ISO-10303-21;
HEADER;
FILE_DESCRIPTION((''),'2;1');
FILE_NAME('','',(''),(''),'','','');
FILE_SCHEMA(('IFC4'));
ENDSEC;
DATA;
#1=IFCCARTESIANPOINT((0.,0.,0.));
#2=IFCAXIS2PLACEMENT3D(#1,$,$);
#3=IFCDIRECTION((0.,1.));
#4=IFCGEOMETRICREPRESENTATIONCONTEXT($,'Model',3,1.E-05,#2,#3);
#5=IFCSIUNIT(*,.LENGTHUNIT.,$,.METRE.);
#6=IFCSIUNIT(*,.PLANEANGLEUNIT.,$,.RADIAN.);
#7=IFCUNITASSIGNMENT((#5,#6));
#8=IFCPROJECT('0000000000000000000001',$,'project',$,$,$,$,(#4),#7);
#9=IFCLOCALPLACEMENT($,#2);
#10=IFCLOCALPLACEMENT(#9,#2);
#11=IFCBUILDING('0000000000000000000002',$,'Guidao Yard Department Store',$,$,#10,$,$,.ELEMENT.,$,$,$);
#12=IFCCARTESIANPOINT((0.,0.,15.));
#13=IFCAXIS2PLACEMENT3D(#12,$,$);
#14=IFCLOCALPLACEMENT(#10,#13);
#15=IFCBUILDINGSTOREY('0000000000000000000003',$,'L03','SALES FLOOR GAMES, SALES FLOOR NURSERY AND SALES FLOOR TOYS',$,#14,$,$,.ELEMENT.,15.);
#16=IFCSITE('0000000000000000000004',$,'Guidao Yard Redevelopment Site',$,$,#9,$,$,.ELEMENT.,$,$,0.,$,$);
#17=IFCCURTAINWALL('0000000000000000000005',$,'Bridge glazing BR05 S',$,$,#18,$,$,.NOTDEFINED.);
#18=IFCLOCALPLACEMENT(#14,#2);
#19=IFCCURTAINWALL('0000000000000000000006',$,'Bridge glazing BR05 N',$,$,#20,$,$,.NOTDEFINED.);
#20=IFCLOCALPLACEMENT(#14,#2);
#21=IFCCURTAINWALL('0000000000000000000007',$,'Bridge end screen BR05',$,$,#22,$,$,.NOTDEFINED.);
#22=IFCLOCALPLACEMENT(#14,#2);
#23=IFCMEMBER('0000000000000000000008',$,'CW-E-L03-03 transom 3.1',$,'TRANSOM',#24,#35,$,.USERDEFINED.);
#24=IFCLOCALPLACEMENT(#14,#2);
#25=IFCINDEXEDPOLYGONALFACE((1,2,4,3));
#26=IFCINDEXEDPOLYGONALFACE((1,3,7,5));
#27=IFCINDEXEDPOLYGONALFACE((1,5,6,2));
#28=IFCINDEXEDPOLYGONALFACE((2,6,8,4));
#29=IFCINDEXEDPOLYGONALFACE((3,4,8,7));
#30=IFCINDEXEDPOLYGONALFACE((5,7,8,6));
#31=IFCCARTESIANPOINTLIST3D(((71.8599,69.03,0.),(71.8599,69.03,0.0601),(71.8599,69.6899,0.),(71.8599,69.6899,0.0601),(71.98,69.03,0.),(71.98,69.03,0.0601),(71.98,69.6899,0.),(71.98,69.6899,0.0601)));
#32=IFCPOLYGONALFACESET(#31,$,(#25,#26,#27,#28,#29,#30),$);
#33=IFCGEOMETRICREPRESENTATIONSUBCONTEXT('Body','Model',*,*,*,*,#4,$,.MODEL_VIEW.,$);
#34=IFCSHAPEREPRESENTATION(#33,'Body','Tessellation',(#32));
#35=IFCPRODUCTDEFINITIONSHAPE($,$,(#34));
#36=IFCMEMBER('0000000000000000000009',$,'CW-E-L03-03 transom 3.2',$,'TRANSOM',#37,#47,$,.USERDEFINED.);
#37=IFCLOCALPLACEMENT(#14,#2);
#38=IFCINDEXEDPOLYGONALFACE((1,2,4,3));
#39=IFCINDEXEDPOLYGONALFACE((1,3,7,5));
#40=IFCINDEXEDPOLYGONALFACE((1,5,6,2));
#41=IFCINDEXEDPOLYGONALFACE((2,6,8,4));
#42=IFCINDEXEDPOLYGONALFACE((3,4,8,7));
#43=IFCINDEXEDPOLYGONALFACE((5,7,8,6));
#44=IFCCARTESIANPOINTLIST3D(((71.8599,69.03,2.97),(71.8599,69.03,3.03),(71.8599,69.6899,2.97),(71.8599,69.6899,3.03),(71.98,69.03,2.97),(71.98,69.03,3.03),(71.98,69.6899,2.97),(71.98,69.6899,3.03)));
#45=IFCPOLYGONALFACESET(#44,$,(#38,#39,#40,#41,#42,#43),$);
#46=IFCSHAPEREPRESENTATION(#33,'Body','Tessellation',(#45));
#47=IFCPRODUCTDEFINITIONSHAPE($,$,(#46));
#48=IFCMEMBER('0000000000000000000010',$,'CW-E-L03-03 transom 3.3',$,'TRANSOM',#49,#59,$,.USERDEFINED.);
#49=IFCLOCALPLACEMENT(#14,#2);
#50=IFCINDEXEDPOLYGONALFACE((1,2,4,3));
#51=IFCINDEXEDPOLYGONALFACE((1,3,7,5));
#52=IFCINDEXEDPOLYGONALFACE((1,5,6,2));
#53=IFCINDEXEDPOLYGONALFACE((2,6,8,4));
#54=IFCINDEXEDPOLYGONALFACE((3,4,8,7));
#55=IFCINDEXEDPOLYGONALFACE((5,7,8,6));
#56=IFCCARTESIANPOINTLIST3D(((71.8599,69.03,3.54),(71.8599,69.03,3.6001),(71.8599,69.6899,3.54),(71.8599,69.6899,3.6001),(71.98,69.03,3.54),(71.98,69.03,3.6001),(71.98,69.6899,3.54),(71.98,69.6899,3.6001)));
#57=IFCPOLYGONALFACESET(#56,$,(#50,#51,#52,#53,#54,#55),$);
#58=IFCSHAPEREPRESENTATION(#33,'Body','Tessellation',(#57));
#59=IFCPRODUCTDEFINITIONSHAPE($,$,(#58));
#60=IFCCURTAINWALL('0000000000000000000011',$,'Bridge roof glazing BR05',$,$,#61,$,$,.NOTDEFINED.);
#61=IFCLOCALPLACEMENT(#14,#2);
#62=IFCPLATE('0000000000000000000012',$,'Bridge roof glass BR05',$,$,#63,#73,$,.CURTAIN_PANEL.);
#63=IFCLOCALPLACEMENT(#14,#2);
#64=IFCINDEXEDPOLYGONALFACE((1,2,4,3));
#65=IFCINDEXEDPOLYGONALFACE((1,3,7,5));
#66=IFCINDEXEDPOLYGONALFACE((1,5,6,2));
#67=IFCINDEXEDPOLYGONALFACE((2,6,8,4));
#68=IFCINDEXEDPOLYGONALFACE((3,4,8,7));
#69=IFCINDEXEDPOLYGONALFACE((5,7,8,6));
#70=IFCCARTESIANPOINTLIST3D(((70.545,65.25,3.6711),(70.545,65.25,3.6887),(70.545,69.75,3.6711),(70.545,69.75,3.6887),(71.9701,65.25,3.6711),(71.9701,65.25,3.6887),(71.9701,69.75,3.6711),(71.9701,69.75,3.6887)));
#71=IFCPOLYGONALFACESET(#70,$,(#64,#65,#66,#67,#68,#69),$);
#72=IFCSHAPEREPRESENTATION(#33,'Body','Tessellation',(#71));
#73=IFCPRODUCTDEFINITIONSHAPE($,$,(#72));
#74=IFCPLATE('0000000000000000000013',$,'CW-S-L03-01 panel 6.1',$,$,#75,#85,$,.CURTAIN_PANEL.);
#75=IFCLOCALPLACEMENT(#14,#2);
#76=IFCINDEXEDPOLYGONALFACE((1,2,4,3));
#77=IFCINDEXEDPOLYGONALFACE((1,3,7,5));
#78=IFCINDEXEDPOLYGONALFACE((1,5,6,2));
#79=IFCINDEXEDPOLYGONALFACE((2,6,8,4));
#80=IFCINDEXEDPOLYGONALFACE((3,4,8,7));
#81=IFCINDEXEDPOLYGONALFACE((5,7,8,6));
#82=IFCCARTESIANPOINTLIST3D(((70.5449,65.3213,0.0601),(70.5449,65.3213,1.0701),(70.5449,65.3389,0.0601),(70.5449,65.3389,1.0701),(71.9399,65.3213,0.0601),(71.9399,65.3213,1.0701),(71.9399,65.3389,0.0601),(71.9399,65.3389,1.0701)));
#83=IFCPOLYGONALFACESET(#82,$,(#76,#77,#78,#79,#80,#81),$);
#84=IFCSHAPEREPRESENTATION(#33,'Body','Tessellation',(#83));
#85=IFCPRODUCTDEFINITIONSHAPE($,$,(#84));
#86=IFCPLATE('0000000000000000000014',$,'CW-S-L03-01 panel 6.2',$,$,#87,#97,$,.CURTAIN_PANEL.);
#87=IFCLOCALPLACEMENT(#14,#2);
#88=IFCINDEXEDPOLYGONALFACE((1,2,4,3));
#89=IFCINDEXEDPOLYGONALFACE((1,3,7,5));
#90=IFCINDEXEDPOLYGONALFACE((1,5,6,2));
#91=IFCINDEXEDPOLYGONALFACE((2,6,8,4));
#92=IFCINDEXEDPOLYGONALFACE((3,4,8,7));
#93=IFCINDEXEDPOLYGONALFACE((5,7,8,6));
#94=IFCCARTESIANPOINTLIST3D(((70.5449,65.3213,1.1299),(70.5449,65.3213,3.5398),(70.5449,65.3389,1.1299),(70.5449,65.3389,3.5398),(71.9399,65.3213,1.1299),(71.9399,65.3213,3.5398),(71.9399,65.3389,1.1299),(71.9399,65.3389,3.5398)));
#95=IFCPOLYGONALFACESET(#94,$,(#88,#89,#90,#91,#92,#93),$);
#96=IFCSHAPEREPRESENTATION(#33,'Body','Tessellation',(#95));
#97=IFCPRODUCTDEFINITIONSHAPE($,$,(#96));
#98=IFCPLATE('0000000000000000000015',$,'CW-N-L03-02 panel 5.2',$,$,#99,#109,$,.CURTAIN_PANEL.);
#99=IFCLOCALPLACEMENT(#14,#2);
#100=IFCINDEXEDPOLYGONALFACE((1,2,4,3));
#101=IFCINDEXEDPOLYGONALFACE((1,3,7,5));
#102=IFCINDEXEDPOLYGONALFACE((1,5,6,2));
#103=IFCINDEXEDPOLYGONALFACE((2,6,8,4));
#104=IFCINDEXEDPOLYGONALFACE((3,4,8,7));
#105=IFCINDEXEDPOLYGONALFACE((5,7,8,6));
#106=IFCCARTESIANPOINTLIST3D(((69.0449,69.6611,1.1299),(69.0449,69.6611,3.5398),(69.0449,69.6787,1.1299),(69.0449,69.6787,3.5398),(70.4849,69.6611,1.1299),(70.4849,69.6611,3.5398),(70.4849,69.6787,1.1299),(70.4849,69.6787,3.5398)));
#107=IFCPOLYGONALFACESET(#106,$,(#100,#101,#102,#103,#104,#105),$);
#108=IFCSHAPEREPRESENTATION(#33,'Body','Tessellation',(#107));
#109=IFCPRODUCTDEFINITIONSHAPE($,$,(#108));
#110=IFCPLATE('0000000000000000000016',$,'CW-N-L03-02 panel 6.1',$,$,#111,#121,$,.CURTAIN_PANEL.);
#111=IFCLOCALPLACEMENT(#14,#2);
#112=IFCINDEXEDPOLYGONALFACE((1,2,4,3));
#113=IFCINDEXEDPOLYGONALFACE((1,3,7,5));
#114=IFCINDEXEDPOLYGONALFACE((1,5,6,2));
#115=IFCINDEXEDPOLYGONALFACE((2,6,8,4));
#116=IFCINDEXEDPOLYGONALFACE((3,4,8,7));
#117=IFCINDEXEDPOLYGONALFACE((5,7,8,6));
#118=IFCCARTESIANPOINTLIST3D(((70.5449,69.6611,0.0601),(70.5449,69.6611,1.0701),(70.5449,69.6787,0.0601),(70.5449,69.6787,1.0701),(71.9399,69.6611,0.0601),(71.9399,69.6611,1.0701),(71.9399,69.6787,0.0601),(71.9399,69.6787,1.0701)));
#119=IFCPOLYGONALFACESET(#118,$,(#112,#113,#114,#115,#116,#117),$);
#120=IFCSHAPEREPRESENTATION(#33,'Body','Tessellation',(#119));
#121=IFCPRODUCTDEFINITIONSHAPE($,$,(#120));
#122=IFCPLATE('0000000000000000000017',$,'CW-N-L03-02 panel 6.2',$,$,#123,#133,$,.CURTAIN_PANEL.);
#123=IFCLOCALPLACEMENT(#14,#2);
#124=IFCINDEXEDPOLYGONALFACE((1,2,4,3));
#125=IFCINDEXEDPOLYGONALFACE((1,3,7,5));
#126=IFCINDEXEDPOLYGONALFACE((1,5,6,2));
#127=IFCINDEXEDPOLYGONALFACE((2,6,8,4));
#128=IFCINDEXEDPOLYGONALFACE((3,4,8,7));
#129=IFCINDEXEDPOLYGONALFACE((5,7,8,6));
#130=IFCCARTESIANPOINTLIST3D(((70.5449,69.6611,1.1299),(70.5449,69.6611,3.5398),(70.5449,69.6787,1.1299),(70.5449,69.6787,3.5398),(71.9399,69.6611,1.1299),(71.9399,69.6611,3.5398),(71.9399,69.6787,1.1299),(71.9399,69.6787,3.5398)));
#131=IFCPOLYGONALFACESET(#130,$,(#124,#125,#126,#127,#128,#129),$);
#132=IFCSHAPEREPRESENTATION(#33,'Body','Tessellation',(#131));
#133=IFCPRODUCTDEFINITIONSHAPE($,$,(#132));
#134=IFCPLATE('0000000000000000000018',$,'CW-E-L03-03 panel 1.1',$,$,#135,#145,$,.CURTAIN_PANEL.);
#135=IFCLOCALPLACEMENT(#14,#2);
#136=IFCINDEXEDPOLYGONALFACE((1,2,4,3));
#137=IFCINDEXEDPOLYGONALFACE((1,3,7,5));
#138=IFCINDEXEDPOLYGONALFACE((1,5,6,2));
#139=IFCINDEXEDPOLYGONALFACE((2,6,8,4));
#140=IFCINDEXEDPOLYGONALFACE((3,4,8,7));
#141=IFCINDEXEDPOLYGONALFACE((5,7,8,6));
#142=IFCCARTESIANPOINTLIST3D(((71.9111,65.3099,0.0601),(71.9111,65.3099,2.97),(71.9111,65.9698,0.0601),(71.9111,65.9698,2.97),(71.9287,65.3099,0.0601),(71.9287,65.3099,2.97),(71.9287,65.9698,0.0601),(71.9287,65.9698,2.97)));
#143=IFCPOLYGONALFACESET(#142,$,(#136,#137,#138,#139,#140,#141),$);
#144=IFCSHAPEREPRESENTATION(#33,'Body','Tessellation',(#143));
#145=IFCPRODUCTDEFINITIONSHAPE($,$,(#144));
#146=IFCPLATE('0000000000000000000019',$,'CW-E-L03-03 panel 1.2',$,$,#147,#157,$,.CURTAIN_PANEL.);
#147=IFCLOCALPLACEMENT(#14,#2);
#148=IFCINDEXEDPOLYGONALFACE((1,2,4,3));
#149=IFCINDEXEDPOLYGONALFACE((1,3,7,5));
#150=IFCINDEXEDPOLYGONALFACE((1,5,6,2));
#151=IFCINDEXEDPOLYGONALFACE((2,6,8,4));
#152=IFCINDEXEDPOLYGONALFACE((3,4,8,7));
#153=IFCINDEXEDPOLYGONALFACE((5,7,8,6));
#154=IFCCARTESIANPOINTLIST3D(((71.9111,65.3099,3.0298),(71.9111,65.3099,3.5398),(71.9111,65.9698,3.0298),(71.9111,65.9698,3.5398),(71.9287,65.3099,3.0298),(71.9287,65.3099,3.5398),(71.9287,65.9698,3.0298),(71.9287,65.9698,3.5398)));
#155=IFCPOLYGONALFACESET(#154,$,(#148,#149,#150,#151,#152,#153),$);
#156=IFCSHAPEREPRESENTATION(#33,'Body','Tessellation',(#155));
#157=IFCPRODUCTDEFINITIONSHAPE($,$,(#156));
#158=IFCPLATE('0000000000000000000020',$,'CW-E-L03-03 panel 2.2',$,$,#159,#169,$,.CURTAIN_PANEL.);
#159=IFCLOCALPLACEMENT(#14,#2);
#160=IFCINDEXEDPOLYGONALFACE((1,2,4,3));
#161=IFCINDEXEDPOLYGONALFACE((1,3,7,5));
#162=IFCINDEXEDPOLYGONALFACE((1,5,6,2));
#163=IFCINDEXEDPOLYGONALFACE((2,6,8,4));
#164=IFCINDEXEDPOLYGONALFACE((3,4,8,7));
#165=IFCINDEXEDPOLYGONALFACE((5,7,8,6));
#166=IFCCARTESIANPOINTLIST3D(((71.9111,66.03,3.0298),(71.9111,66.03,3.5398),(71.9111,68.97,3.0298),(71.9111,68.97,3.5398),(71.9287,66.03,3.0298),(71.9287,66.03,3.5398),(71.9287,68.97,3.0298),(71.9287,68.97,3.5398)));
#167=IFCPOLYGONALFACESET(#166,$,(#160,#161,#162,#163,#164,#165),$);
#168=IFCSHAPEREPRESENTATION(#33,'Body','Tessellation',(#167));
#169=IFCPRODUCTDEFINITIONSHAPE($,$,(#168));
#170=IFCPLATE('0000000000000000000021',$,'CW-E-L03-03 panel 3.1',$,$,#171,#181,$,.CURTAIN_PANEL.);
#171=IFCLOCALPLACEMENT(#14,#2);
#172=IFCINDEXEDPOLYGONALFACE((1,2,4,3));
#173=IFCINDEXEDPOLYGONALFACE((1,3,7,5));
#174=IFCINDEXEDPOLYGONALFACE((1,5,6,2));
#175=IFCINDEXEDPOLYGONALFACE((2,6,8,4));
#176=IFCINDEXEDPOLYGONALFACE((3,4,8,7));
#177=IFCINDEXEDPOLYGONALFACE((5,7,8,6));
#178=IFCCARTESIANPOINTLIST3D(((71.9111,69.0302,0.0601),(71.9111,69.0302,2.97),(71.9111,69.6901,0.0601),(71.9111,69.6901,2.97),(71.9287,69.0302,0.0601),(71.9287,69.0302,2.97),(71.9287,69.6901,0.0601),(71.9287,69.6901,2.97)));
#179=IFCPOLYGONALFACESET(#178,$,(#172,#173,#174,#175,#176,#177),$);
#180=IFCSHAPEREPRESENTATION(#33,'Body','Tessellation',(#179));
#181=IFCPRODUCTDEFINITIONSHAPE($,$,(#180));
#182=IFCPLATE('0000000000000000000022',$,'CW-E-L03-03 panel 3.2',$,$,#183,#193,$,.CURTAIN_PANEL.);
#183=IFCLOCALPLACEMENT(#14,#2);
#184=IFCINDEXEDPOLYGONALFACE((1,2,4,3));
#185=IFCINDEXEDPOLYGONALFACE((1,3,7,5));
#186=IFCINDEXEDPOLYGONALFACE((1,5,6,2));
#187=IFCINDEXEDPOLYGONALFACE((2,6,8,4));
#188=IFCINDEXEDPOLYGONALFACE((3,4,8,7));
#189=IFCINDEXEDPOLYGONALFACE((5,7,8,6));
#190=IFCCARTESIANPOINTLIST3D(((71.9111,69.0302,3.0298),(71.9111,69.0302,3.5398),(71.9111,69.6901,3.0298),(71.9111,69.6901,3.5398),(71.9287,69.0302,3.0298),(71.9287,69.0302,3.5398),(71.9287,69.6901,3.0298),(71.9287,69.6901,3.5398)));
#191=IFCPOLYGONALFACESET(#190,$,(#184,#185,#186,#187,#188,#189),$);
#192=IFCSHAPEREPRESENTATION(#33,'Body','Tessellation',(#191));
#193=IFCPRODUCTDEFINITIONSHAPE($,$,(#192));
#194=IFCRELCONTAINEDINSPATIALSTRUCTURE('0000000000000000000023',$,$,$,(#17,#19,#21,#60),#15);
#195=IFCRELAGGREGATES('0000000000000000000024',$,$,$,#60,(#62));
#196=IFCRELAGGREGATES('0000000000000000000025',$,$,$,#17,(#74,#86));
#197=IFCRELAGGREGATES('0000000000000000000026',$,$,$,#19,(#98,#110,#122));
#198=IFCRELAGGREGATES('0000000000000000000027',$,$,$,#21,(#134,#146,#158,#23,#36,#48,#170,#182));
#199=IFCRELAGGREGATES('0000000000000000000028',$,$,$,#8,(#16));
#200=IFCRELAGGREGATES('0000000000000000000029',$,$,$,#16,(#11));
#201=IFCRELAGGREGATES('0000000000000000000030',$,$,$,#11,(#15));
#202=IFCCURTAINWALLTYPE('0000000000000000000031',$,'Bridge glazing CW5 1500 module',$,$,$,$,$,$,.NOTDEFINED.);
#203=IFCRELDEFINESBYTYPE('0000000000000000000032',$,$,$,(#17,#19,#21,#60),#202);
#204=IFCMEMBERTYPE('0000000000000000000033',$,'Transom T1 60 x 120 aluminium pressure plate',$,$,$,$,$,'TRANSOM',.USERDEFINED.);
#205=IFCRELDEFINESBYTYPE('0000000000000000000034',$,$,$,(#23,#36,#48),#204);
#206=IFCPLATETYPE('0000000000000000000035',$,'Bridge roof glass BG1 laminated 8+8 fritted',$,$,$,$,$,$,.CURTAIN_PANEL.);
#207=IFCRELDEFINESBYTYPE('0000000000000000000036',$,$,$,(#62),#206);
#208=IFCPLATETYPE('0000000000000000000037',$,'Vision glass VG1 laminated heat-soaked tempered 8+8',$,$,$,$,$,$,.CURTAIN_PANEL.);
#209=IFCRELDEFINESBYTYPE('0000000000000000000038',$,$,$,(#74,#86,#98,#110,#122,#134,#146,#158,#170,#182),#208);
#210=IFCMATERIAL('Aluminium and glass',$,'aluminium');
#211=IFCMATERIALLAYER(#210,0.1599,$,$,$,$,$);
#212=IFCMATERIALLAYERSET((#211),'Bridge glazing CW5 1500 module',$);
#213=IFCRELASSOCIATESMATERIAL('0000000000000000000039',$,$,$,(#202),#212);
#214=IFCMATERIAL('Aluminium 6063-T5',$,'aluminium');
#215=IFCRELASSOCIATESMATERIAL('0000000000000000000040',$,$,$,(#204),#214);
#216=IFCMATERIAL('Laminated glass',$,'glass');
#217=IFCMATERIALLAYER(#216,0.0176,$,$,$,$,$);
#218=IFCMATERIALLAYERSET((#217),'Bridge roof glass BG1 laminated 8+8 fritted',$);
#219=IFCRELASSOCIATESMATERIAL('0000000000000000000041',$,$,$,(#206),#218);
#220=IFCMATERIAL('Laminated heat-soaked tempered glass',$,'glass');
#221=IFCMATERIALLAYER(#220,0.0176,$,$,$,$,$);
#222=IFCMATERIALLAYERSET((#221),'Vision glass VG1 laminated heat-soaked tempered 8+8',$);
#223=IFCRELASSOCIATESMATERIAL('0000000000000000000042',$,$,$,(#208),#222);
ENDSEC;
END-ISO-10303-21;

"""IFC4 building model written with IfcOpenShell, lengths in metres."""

from ifc_helpers import new_model, si_unit, direction, frame, origin, origin_2d, place, context, subcontext, project, spatial, rectangle, extrude, material, layer, layer_set, material_profile, profile_set, type_object, element, aggregate, save


model = new_model("IFC4")

# Units and contexts
model_context = context("Model", 3, precision=1e-05, world=origin(), true_north=direction((0.0, 1.0)))
body_context = subcontext(model_context, "Body", "Model", "MODEL_VIEW")
ifc_project = project(units=[si_unit("LENGTHUNIT", "METRE"), si_unit("PLANEANGLEUNIT", "RADIAN")], contexts=[model_context])

# Site, building, storey
site_placement = place(None, origin())
site = spatial("IfcSite", under=ifc_project, at=site_placement, Name="Guidao Yard Redevelopment Site", CompositionType="ELEMENT", RefElevation=0.0)
building_placement = place(site_placement, origin())
building = spatial("IfcBuilding", under=site, at=building_placement, Name="Guidao Yard Department Store", CompositionType="ELEMENT")
storey_placement = place(building_placement, frame((0.0, 0.0, 15.0)))
storey = spatial("IfcBuildingStorey", under=building, at=storey_placement, Name="L03", Description="SALES FLOOR GAMES, SALES FLOOR NURSERY AND SALES FLOOR TOYS", CompositionType="ELEMENT", Elevation=15.0)

# Curtain walls
ifc_material_1 = material(Name="Aluminium and glass", Category="aluminium")
ifc_layer_1 = layer(ifc_material_1, 0.1599)
ifc_layer_set_1 = layer_set([ifc_layer_1], Name="Bridge glazing CW5 1500 module")
curtain_wall_type = type_object("IfcCurtainWallType", Name="Bridge glazing CW5 1500 module", PredefinedType="NOTDEFINED", material=ifc_layer_set_1)
curtain_wall_1_placement = place(storey_placement, origin())
curtain_wall_1 = element("IfcCurtainWall", 1, at=curtain_wall_1_placement, inside=storey, type_object=curtain_wall_type, Name="Bridge glazing BR05 S", PredefinedType="NOTDEFINED")
curtain_wall_2_placement = place(storey_placement, origin())
curtain_wall_2 = element("IfcCurtainWall", 2, at=curtain_wall_2_placement, inside=storey, type_object=curtain_wall_type, Name="Bridge glazing BR05 N", PredefinedType="NOTDEFINED")

# Curtain wall
curtain_wall_3_placement = place(storey_placement, origin())
curtain_wall_3 = element("IfcCurtainWall", 3, at=curtain_wall_3_placement, inside=storey, type_object=curtain_wall_type, Name="Bridge end screen BR05", PredefinedType="NOTDEFINED")

# Members
ifc_material_2 = material(Name="Aluminium 6063-T5", Category="aluminium")
ifc_material_profile_1 = material_profile(ifc_material_2, rectangle(XDim=0.1201, YDim=0.0601, at=origin_2d()), Name="Transom T1 60 x 120 aluminium pressure plate")
ifc_profile_set_1 = profile_set([ifc_material_profile_1], Name="Aluminium 6063-T5")
member_type_1 = type_object("IfcMemberType", Name="Transom T1 60 x 120 aluminium pressure plate", ElementType="TRANSOM", PredefinedType="USERDEFINED", material=ifc_profile_set_1)
member_1_placement = place(storey_placement, frame((71.9199, 69.6899, 0.03), z_axis=(0.0, -1.0, 0.0), x_axis=(1.0, 0.0, 0.0)))
member_1 = element("IfcMember", 4, at=member_1_placement, type_object=member_type_1, Name="CW-E-L03-03 transom 3.1", ObjectType="TRANSOM", PredefinedType="USERDEFINED", context=body_context, shape_type="SweptSolid", body=[
    extrude(rectangle(XDim=0.1201, YDim=0.0601, at=origin_2d()), origin(), (0.0, 0.0, 1.0), 0.6599),
])
member_2_placement = place(storey_placement, frame((71.9199, 69.6899, 3.0), z_axis=(0.0, -1.0, 0.0), x_axis=(1.0, 0.0, 0.0)))
member_2 = element("IfcMember", 5, at=member_2_placement, type_object=member_type_1, Name="CW-E-L03-03 transom 3.2", ObjectType="TRANSOM", PredefinedType="USERDEFINED", context=body_context, shape_type="SweptSolid", body=[
    extrude(rectangle(XDim=0.1201, YDim=0.0601, at=origin_2d()), origin(), (0.0, 0.0, 1.0), 0.6599),
])
member_3_placement = place(storey_placement, frame((71.9199, 69.6899, 3.5701), z_axis=(0.0, -1.0, 0.0), x_axis=(1.0, 0.0, 0.0)))
member_3 = element("IfcMember", 6, at=member_3_placement, type_object=member_type_1, Name="CW-E-L03-03 transom 3.3", ObjectType="TRANSOM", PredefinedType="USERDEFINED", context=body_context, shape_type="SweptSolid", body=[
    extrude(rectangle(XDim=0.1201, YDim=0.0601, at=origin_2d()), origin(), (0.0, 0.0, 1.0), 0.6599),
])

# Curtain wall, plate
curtain_wall_4_placement = place(storey_placement, origin())
curtain_wall_4 = element("IfcCurtainWall", 7, at=curtain_wall_4_placement, inside=storey, type_object=curtain_wall_type, Name="Bridge roof glazing BR05", PredefinedType="NOTDEFINED")
ifc_material_3 = material(Name="Laminated glass", Category="glass")
ifc_layer_2 = layer(ifc_material_3, 0.0176)
ifc_layer_set_2 = layer_set([ifc_layer_2], Name="Bridge roof glass BG1 laminated 8+8 fritted")
plate_type_1 = type_object("IfcPlateType", Name="Bridge roof glass BG1 laminated 8+8 fritted", PredefinedType="CURTAIN_PANEL", material=ifc_layer_set_2)
plate_1_placement = place(storey_placement, frame((71.2576, 67.5, 3.6711), z_axis=(0.0, 0.0, 1.0), x_axis=(1.0, 0.0, 0.0)))
plate_1 = element("IfcPlate", 8, at=plate_1_placement, type_object=plate_type_1, Name="Bridge roof glass BR05", PredefinedType="CURTAIN_PANEL", context=body_context, shape_type="SweptSolid", body=[
    extrude(rectangle(XDim=1.425, YDim=4.5, at=origin_2d()), origin(), (0.0, 0.0, 1.0), 0.0176),
])
aggregate(curtain_wall_4, [plate_1])

# Plates
ifc_material_4 = material(Name="Laminated heat-soaked tempered glass", Category="glass")
ifc_layer_3 = layer(ifc_material_4, 0.0176)
ifc_layer_set_3 = layer_set([ifc_layer_3], Name="Vision glass VG1 laminated heat-soaked tempered 8+8")
plate_type_2 = type_object("IfcPlateType", Name="Vision glass VG1 laminated heat-soaked tempered 8+8", PredefinedType="CURTAIN_PANEL", material=ifc_layer_set_3)
plate_2_placement = place(storey_placement, frame((71.2424, 65.3301, 0.0601), z_axis=(0.0, 0.0, 1.0), x_axis=(-1.0, 0.0, 0.0)))
plate_2 = element("IfcPlate", 9, at=plate_2_placement, type_object=plate_type_2, Name="CW-S-L03-01 panel 6.1", PredefinedType="CURTAIN_PANEL", context=body_context, shape_type="SweptSolid", body=[
    extrude(rectangle(XDim=1.395, YDim=0.0176, at=origin_2d()), origin(), (0.0, 0.0, 1.0), 1.01),
])
plate_3_placement = place(storey_placement, frame((71.2424, 65.3301, 1.1299), z_axis=(0.0, 0.0, 1.0), x_axis=(-1.0, 0.0, 0.0)))
plate_3 = element("IfcPlate", 10, at=plate_3_placement, type_object=plate_type_2, Name="CW-S-L03-01 panel 6.2", PredefinedType="CURTAIN_PANEL", context=body_context, shape_type="SweptSolid", body=[
    extrude(rectangle(XDim=1.395, YDim=0.0176, at=origin_2d()), origin(), (0.0, 0.0, 1.0), 2.4099),
])
aggregate(curtain_wall_1, [plate_2, plate_3])
plate_4_placement = place(storey_placement, frame((69.7649, 69.6699, 1.1299), z_axis=(0.0, 0.0, 1.0), x_axis=(1.0, 0.0, 0.0)))
plate_4 = element("IfcPlate", 11, at=plate_4_placement, type_object=plate_type_2, Name="CW-N-L03-02 panel 5.2", PredefinedType="CURTAIN_PANEL", context=body_context, shape_type="SweptSolid", body=[
    extrude(rectangle(XDim=1.4399, YDim=0.0176, at=origin_2d()), origin(), (0.0, 0.0, 1.0), 2.4099),
])
plate_5_placement = place(storey_placement, frame((71.2424, 69.6699, 0.0601), z_axis=(0.0, 0.0, 1.0), x_axis=(1.0, 0.0, 0.0)))
plate_5 = element("IfcPlate", 12, at=plate_5_placement, type_object=plate_type_2, Name="CW-N-L03-02 panel 6.1", PredefinedType="CURTAIN_PANEL", context=body_context, shape_type="SweptSolid", body=[
    extrude(rectangle(XDim=1.395, YDim=0.0176, at=origin_2d()), origin(), (0.0, 0.0, 1.0), 1.01),
])
plate_6_placement = place(storey_placement, frame((71.2424, 69.6699, 1.1299), z_axis=(0.0, 0.0, 1.0), x_axis=(1.0, 0.0, 0.0)))
plate_6 = element("IfcPlate", 13, at=plate_6_placement, type_object=plate_type_2, Name="CW-N-L03-02 panel 6.2", PredefinedType="CURTAIN_PANEL", context=body_context, shape_type="SweptSolid", body=[
    extrude(rectangle(XDim=1.395, YDim=0.0176, at=origin_2d()), origin(), (0.0, 0.0, 1.0), 2.4099),
])
aggregate(curtain_wall_2, [plate_4, plate_5, plate_6])
plate_7_placement = place(storey_placement, frame((71.9199, 65.6399, 0.0601), z_axis=(0.0, 0.0, 1.0), x_axis=(0.0, -1.0, 0.0)))
plate_7 = element("IfcPlate", 14, at=plate_7_placement, type_object=plate_type_2, Name="CW-E-L03-03 panel 1.1", PredefinedType="CURTAIN_PANEL", context=body_context, shape_type="SweptSolid", body=[
    extrude(rectangle(XDim=0.6599, YDim=0.0176, at=origin_2d()), origin(), (0.0, 0.0, 1.0), 2.9099),
])
plate_8_placement = place(storey_placement, frame((71.9199, 65.6399, 3.0298), z_axis=(0.0, 0.0, 1.0), x_axis=(0.0, -1.0, 0.0)))
plate_8 = element("IfcPlate", 15, at=plate_8_placement, type_object=plate_type_2, Name="CW-E-L03-03 panel 1.2", PredefinedType="CURTAIN_PANEL", context=body_context, shape_type="SweptSolid", body=[
    extrude(rectangle(XDim=0.6599, YDim=0.0176, at=origin_2d()), origin(), (0.0, 0.0, 1.0), 0.51),
])
plate_9_placement = place(storey_placement, frame((71.9199, 67.5, 3.0298), z_axis=(0.0, 0.0, 1.0), x_axis=(0.0, -1.0, 0.0)))
plate_9 = element("IfcPlate", 16, at=plate_9_placement, type_object=plate_type_2, Name="CW-E-L03-03 panel 2.2", PredefinedType="CURTAIN_PANEL", context=body_context, shape_type="SweptSolid", body=[
    extrude(rectangle(XDim=2.9399, YDim=0.0176, at=origin_2d()), origin(), (0.0, 0.0, 1.0), 0.51),
])
plate_10_placement = place(storey_placement, frame((71.9199, 69.3601, 0.0601), z_axis=(0.0, 0.0, 1.0), x_axis=(0.0, -1.0, 0.0)))
plate_10 = element("IfcPlate", 17, at=plate_10_placement, type_object=plate_type_2, Name="CW-E-L03-03 panel 3.1", PredefinedType="CURTAIN_PANEL", context=body_context, shape_type="SweptSolid", body=[
    extrude(rectangle(XDim=0.6599, YDim=0.0176, at=origin_2d()), origin(), (0.0, 0.0, 1.0), 2.9099),
])
plate_11_placement = place(storey_placement, frame((71.9199, 69.3601, 3.0298), z_axis=(0.0, 0.0, 1.0), x_axis=(0.0, -1.0, 0.0)))
plate_11 = element("IfcPlate", 18, at=plate_11_placement, type_object=plate_type_2, Name="CW-E-L03-03 panel 3.2", PredefinedType="CURTAIN_PANEL", context=body_context, shape_type="SweptSolid", body=[
    extrude(rectangle(XDim=0.6599, YDim=0.0176, at=origin_2d()), origin(), (0.0, 0.0, 1.0), 0.51),
])
aggregate(curtain_wall_3, [plate_7, plate_8, plate_9, member_1, member_2, member_3, plate_10, plate_11])

save(model, "model.ifc")
